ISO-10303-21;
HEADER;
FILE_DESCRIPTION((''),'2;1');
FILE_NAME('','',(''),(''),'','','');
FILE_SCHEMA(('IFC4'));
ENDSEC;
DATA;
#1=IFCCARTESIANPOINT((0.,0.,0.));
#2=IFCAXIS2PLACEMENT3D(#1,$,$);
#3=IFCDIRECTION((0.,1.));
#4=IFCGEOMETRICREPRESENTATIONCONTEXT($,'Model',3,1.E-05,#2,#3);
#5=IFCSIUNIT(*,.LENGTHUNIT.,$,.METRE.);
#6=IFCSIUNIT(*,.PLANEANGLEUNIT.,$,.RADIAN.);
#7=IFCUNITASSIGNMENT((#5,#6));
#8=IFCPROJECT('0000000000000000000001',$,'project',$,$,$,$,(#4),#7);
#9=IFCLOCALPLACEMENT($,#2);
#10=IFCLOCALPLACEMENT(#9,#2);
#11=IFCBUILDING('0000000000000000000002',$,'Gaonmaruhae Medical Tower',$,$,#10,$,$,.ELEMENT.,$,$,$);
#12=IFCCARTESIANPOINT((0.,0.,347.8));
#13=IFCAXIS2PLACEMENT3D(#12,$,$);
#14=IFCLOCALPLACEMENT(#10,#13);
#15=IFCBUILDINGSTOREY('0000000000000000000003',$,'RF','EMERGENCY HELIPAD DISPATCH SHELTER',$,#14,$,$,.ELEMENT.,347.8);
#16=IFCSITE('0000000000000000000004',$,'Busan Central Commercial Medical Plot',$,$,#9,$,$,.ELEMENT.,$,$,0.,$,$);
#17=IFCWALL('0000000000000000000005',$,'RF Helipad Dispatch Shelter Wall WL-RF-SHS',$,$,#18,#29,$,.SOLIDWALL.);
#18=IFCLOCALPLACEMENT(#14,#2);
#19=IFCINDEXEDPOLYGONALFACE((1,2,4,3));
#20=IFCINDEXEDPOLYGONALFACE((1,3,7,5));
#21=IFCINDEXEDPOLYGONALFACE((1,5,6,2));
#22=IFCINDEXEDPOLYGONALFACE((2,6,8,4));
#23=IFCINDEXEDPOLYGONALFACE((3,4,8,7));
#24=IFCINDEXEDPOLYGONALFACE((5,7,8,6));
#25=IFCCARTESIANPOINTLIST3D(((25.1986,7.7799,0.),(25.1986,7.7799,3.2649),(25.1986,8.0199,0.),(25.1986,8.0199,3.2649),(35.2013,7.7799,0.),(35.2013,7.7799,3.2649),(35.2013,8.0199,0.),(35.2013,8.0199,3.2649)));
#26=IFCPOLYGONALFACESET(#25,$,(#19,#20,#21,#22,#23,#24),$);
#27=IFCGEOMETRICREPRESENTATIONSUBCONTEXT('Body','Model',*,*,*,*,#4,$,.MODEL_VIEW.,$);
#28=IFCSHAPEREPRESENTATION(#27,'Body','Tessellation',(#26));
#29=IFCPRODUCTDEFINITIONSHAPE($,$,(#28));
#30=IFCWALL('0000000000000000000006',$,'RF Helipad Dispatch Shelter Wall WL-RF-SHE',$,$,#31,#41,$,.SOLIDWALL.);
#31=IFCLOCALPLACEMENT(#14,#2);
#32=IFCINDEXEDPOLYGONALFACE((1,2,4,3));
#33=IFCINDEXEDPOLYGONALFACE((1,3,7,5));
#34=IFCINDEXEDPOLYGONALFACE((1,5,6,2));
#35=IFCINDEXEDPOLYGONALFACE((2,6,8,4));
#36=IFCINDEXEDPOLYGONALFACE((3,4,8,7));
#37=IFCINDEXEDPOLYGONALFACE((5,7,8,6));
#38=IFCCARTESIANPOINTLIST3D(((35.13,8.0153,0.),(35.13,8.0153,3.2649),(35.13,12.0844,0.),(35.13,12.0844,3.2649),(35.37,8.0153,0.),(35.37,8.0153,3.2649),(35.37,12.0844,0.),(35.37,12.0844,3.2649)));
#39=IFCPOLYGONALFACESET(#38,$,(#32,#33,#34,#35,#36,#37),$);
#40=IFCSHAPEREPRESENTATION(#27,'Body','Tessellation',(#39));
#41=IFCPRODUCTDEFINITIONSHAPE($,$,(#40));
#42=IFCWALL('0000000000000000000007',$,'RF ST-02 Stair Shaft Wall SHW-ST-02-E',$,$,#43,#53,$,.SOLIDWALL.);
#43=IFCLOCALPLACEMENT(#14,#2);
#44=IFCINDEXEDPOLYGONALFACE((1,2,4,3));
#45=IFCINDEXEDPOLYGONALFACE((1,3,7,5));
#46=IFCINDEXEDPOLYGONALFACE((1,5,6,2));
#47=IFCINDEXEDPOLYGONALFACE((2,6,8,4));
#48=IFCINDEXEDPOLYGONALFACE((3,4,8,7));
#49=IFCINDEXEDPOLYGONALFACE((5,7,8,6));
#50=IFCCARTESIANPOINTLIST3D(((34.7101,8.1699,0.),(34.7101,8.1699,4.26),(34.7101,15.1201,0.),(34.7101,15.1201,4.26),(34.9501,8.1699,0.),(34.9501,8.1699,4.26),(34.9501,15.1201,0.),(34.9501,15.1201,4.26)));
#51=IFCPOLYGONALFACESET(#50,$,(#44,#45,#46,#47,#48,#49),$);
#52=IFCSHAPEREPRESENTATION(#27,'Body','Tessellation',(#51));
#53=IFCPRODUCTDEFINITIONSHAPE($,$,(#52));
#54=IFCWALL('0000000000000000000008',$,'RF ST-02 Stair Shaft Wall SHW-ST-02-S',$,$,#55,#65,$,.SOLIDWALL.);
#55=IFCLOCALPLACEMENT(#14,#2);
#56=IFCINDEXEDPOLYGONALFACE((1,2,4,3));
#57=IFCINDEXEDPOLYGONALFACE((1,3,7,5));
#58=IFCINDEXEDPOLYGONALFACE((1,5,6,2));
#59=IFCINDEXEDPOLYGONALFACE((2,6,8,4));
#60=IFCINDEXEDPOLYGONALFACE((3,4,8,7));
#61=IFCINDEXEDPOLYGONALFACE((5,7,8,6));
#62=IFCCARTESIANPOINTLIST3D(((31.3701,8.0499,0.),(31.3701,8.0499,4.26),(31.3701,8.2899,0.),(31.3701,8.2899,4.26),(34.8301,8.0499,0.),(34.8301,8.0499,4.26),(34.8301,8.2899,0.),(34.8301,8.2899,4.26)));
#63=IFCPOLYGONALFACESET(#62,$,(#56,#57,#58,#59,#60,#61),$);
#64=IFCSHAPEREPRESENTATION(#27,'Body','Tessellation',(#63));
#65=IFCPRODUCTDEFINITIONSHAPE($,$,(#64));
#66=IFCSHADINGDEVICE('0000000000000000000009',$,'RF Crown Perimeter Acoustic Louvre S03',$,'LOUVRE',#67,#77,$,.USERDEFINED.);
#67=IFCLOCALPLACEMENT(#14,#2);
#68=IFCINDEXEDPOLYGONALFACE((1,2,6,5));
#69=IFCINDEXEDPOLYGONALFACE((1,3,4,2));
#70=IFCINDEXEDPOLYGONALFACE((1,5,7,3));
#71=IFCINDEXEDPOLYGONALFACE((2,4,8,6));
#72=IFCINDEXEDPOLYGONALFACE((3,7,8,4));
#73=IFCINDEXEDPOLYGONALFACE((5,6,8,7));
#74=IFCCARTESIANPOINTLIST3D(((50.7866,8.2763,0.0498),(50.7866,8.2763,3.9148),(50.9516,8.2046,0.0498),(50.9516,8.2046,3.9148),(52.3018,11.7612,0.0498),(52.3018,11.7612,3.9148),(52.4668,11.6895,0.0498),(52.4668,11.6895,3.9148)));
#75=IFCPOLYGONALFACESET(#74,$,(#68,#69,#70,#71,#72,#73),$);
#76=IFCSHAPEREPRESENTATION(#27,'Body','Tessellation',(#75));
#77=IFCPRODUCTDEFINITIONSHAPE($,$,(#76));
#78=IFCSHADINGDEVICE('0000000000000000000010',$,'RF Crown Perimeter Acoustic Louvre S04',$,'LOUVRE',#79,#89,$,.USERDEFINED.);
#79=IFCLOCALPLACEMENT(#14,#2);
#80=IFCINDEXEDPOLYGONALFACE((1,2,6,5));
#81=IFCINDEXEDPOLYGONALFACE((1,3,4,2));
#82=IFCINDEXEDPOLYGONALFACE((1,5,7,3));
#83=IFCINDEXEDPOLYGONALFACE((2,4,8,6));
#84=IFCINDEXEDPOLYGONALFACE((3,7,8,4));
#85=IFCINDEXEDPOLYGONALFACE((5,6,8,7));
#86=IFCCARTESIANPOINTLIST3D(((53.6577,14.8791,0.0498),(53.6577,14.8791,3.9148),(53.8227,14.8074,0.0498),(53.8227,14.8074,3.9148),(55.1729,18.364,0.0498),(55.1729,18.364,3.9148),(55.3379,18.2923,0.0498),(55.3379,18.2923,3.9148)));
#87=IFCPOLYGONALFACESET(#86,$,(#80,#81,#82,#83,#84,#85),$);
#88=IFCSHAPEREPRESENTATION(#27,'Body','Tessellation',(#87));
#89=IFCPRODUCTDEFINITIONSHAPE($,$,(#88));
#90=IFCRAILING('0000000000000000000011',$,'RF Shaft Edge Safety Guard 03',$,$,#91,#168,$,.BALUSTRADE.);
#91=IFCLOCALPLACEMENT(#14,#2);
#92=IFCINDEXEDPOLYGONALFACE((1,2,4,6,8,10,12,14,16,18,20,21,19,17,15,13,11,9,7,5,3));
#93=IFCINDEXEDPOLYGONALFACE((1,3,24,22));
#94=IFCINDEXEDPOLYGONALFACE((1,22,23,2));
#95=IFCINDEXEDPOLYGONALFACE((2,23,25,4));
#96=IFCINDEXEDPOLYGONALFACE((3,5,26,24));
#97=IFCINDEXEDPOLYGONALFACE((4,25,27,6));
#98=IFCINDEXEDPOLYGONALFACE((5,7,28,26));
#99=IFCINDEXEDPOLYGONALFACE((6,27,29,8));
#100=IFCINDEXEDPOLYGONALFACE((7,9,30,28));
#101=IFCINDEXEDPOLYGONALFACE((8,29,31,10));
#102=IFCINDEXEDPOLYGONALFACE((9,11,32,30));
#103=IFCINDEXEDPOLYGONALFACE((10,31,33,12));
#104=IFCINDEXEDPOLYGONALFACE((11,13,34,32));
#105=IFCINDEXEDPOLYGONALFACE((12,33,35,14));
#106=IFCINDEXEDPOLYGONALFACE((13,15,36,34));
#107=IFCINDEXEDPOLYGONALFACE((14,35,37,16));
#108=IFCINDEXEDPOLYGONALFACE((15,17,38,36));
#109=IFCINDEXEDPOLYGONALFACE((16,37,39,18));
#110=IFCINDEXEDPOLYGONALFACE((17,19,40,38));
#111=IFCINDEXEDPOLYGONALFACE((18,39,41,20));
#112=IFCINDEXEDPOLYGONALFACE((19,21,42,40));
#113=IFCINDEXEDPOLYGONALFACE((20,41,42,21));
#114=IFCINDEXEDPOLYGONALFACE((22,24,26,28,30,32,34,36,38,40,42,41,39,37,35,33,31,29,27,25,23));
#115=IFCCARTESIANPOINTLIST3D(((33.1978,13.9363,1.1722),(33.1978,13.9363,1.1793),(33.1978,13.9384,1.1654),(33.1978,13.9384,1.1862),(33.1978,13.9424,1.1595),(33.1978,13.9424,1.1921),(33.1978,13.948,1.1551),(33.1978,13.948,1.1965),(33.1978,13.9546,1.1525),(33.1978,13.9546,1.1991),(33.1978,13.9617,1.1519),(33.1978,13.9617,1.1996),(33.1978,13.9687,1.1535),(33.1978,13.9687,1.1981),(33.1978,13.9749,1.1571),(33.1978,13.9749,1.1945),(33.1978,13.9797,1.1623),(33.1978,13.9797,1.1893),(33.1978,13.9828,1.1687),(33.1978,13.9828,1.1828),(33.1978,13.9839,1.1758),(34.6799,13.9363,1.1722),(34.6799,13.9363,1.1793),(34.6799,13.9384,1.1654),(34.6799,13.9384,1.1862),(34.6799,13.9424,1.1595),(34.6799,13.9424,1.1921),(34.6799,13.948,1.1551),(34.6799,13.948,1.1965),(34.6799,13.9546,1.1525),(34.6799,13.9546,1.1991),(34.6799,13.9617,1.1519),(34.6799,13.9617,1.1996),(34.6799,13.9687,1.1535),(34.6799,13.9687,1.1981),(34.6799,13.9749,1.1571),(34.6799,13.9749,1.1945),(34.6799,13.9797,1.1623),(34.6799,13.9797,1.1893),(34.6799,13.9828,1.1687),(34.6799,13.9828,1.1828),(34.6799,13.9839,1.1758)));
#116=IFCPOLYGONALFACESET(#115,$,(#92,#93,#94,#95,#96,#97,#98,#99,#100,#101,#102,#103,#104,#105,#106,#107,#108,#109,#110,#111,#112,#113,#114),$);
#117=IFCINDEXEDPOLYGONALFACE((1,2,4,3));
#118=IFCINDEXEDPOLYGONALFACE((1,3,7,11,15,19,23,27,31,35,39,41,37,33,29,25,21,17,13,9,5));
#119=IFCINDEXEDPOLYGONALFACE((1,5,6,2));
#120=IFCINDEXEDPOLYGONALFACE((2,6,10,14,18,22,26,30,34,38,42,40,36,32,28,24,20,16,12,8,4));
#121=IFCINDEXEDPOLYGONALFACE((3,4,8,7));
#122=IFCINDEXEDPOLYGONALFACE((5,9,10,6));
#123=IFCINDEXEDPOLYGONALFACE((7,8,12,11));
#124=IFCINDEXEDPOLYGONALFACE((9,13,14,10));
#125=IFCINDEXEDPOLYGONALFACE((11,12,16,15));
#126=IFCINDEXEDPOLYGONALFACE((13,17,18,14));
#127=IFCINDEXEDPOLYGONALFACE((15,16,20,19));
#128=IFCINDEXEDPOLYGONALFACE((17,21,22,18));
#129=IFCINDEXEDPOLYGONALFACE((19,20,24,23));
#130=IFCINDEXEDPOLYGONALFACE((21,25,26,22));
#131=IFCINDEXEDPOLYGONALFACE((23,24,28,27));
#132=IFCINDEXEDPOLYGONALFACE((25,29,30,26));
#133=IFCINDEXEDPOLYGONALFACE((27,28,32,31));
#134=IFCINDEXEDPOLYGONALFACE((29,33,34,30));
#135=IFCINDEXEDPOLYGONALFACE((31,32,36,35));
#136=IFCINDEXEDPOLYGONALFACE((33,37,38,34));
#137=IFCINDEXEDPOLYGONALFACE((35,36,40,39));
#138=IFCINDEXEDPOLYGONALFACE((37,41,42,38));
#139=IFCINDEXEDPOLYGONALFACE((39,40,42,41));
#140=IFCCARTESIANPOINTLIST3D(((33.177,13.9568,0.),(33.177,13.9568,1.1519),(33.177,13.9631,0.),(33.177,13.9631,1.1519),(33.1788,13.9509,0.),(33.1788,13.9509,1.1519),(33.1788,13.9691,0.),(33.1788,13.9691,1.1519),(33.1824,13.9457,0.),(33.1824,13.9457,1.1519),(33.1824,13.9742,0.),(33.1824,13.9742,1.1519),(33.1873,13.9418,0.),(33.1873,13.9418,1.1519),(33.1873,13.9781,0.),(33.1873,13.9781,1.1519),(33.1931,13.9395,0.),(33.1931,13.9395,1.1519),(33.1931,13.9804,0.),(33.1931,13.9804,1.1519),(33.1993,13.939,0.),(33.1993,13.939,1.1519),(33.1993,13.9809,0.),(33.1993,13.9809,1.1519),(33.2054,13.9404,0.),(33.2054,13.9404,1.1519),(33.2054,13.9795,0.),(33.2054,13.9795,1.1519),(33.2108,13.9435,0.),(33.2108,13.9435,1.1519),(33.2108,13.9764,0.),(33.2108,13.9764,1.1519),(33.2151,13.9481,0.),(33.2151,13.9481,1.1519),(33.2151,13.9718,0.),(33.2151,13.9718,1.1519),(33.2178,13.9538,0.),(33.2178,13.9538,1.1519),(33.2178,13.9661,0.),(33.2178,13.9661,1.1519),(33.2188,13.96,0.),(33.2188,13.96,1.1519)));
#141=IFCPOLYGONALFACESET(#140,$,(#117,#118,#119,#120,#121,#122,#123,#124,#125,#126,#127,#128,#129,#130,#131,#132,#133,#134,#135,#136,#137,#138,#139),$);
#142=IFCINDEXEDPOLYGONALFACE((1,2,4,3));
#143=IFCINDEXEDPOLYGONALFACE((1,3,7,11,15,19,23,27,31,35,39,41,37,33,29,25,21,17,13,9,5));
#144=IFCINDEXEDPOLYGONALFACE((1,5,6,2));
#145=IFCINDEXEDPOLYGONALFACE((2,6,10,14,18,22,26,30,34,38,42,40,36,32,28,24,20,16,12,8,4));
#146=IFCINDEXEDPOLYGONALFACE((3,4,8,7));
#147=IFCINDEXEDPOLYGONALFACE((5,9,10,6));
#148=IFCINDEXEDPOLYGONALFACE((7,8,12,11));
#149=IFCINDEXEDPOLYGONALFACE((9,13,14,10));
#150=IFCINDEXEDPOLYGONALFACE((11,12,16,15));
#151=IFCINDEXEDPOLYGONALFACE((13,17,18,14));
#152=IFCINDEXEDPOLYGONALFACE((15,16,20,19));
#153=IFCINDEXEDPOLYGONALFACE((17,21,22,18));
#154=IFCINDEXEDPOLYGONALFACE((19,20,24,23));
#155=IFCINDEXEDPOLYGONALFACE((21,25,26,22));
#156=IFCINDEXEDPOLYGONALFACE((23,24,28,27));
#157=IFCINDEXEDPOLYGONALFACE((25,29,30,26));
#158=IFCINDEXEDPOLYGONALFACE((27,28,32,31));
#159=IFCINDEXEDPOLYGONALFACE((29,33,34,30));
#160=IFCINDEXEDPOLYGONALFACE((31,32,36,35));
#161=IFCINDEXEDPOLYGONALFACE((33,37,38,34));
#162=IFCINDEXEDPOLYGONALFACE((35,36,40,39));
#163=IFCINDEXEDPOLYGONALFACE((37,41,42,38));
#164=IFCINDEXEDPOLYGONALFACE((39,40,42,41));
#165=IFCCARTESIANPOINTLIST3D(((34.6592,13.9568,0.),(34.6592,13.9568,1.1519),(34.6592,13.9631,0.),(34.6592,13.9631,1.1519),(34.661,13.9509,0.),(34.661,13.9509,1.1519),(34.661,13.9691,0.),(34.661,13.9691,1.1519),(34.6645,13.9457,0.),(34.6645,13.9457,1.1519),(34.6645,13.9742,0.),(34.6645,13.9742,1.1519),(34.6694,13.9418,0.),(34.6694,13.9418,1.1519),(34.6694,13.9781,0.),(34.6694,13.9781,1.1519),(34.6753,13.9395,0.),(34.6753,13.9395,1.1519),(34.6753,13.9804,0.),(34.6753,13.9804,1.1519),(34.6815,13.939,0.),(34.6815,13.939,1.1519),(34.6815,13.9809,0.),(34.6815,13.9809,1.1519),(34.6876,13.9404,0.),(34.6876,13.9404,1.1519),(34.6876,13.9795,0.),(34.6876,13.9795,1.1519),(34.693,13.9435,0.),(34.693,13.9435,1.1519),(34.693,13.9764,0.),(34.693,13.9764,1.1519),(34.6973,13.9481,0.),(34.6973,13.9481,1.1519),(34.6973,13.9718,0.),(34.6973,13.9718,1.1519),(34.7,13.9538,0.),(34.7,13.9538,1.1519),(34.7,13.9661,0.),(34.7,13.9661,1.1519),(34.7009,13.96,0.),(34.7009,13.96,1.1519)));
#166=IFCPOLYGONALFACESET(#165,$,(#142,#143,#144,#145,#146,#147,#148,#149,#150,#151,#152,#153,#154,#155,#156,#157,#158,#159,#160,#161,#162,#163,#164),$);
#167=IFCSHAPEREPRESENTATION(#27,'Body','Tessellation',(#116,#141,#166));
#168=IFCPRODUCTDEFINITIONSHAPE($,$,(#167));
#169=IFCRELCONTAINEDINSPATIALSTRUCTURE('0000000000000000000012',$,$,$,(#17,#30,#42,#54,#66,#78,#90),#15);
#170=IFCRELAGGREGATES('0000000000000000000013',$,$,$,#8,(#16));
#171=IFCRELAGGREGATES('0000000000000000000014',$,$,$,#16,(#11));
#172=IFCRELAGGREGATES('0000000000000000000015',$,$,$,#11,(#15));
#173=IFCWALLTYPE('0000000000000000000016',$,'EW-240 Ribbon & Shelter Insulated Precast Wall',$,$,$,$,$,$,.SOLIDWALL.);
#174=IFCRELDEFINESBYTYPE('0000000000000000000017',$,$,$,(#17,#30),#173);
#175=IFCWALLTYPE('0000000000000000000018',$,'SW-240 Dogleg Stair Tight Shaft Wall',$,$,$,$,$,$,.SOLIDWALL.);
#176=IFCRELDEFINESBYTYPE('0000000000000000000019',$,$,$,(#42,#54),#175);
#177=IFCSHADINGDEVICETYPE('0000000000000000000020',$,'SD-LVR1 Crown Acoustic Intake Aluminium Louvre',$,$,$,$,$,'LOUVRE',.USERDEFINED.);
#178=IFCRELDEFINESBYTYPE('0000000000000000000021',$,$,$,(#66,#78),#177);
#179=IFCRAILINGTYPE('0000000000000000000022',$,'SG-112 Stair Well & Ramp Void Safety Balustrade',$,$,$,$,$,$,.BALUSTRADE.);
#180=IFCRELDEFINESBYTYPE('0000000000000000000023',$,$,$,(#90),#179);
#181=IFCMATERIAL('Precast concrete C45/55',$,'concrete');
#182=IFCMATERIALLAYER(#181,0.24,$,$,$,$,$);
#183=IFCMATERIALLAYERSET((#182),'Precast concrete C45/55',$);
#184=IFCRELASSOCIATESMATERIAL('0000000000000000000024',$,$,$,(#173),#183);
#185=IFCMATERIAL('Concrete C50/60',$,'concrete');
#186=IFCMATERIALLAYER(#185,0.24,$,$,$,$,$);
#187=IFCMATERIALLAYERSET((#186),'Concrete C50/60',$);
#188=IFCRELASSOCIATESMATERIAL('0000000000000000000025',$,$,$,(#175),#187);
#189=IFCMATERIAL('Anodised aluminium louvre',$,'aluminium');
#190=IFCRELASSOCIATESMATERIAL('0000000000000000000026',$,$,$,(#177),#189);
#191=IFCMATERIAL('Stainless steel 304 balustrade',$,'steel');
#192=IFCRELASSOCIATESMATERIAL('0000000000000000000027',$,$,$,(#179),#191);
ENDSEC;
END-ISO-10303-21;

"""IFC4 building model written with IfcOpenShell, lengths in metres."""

from ifc_helpers import new_model, si_unit, direction, frame, frame_2d, origin, origin_2d, place, context, subcontext, project, spatial, rectangle, circle, extrude, material, layer, layer_set, type_object, element, save


model = new_model("IFC4")

# Units and contexts
model_context = context("Model", 3, precision=1e-05, world=origin(), true_north=direction((0.0, 1.0)))
body_context = subcontext(model_context, "Body", "Model", "MODEL_VIEW")
ifc_project = project(units=[si_unit("LENGTHUNIT", "METRE"), si_unit("PLANEANGLEUNIT", "RADIAN")], contexts=[model_context])

# Site, building, storey
site_placement = place(None, origin())
site = spatial("IfcSite", under=ifc_project, at=site_placement, Name="Busan Central Commercial Medical Plot", CompositionType="ELEMENT", RefElevation=0.0)
building_placement = place(site_placement, origin())
building = spatial("IfcBuilding", under=site, at=building_placement, Name="Gaonmaruhae Medical Tower", CompositionType="ELEMENT")
storey_placement = place(building_placement, frame((0.0, 0.0, 347.8)))
storey = spatial("IfcBuildingStorey", under=building, at=storey_placement, Name="RF", Description="EMERGENCY HELIPAD DISPATCH SHELTER", CompositionType="ELEMENT", Elevation=347.8)

# Shared definitions
ifc_material_1 = material(Name="Concrete C50/60", Category="concrete")

# Walls
ifc_material_2 = material(Name="Precast concrete C45/55", Category="concrete")
ifc_layer_1 = layer(ifc_material_2, 0.24)
ifc_layer_set_1 = layer_set([ifc_layer_1], Name="Precast concrete C45/55")
wall_type_1 = type_object("IfcWallType", Name="EW-240 Ribbon & Shelter Insulated Precast Wall", PredefinedType="SOLIDWALL", material=ifc_layer_set_1)
wall_1_placement = place(storey_placement, frame((35.2014, 7.8999, 0.0), z_axis=(0.0, 0.0, 1.0), x_axis=(-1.0, 0.0, 0.0)))
element("IfcWall", 1, at=wall_1_placement, inside=storey, type_object=wall_type_1, Name="RF Helipad Dispatch Shelter Wall WL-RF-SHS", PredefinedType="SOLIDWALL", context=body_context, shape_type="SweptSolid", body=[
    extrude(rectangle(XDim=10.0027, YDim=0.24, at=frame_2d((5.0015, 0.0))), origin(), (0.0, 0.0, 1.0), 3.2649),
])
wall_2_placement = place(storey_placement, frame((35.25, 12.0845, 0.0), z_axis=(0.0, 0.0, 1.0), x_axis=(0.0, -1.0, 0.0)))
element("IfcWall", 2, at=wall_2_placement, inside=storey, type_object=wall_type_1, Name="RF Helipad Dispatch Shelter Wall WL-RF-SHE", PredefinedType="SOLIDWALL", context=body_context, shape_type="SweptSolid", body=[
    extrude(rectangle(XDim=4.0691, YDim=0.24, at=frame_2d((2.0347, 0.0))), origin(), (0.0, 0.0, 1.0), 3.2649),
])
ifc_layer_2 = layer(ifc_material_1, 0.24)
ifc_layer_set_2 = layer_set([ifc_layer_2], Name="Concrete C50/60")
wall_type_2 = type_object("IfcWallType", Name="SW-240 Dogleg Stair Tight Shaft Wall", PredefinedType="SOLIDWALL", material=ifc_layer_set_2)
wall_3_placement = place(storey_placement, frame((34.8301, 15.1201, 0.0), z_axis=(0.0, 0.0, 1.0), x_axis=(0.0, -1.0, 0.0)))
element("IfcWall", 3, at=wall_3_placement, inside=storey, type_object=wall_type_2, Name="RF ST-02 Stair Shaft Wall SHW-ST-02-E", PredefinedType="SOLIDWALL", context=body_context, shape_type="SweptSolid", body=[
    extrude(rectangle(XDim=6.9502, YDim=0.24, at=frame_2d((3.4751, 0.0))), origin(), (0.0, 0.0, 1.0), 4.26),
])
wall_4_placement = place(storey_placement, frame((34.8301, 8.1699, 0.0), z_axis=(0.0, 0.0, 1.0), x_axis=(-1.0, 0.0, 0.0)))
element("IfcWall", 4, at=wall_4_placement, inside=storey, type_object=wall_type_2, Name="RF ST-02 Stair Shaft Wall SHW-ST-02-S", PredefinedType="SOLIDWALL", context=body_context, shape_type="SweptSolid", body=[
    extrude(rectangle(XDim=3.46, YDim=0.24, at=frame_2d((1.73, 0.0))), origin(), (0.0, 0.0, 1.0), 4.26),
])

# Shading devices
ifc_material_3 = material(Name="Anodised aluminium louvre", Category="aluminium")
shading_device_type = type_object("IfcShadingDeviceType", Name="SD-LVR1 Crown Acoustic Intake Aluminium Louvre", ElementType="LOUVRE", PredefinedType="USERDEFINED", material=ifc_material_3)
for number, where, z_axis, x_axis, name in (
    (5, (51.6267, 9.9829, 0.0498), (0.0, 0.0, 1.0), (-0.398749, -0.91706, 0.0), "RF Crown Perimeter Acoustic Louvre S03"),
    (6, (54.4978, 16.5857, 0.0498), (0.0, 0.0, 1.0), (-0.398749, -0.91706, 0.0), "RF Crown Perimeter Acoustic Louvre S04"),
):
    element("IfcShadingDevice", number, at=place(storey_placement, frame(where, z_axis=z_axis, x_axis=x_axis)), inside=storey, type_object=shading_device_type, Name=name, ObjectType="LOUVRE", PredefinedType="USERDEFINED", context=body_context, shape_type="SweptSolid", body=[
        extrude(rectangle(XDim=3.8, YDim=0.1799, at=origin_2d()), origin(), (0.0, 0.0, 1.0), 3.865),
    ])

# Railing
ifc_material_4 = material(Name="Stainless steel 304 balustrade", Category="steel")
railing_type = type_object("IfcRailingType", Name="SG-112 Stair Well & Ramp Void Safety Balustrade", PredefinedType="BALUSTRADE", material=ifc_material_4)
railing_placement = place(storey_placement, frame((33.1978, 13.96, 0.0)))
element("IfcRailing", 7, at=railing_placement, inside=storey, type_object=railing_type, Name="RF Shaft Edge Safety Guard 03", PredefinedType="BALUSTRADE", context=body_context, shape_type="SweptSolid", body=[
    extrude(circle(Radius=0.0239, at=origin_2d()), frame((0.0, 0.0, 1.1758), z_axis=(1.0, 0.0, 0.0), x_axis=(0.0, 1.0, 0.0)), (0.0, 0.0, 1.0), 1.4822),
    extrude(circle(Radius=0.021, at=origin_2d()), origin(), (0.0, 0.0, 1.0), 1.1519),
    extrude(circle(Radius=0.021, at=origin_2d()), frame((1.4822, 0.0, 0.0)), (0.0, 0.0, 1.0), 1.1519),
])

save(model, "model.ifc")
